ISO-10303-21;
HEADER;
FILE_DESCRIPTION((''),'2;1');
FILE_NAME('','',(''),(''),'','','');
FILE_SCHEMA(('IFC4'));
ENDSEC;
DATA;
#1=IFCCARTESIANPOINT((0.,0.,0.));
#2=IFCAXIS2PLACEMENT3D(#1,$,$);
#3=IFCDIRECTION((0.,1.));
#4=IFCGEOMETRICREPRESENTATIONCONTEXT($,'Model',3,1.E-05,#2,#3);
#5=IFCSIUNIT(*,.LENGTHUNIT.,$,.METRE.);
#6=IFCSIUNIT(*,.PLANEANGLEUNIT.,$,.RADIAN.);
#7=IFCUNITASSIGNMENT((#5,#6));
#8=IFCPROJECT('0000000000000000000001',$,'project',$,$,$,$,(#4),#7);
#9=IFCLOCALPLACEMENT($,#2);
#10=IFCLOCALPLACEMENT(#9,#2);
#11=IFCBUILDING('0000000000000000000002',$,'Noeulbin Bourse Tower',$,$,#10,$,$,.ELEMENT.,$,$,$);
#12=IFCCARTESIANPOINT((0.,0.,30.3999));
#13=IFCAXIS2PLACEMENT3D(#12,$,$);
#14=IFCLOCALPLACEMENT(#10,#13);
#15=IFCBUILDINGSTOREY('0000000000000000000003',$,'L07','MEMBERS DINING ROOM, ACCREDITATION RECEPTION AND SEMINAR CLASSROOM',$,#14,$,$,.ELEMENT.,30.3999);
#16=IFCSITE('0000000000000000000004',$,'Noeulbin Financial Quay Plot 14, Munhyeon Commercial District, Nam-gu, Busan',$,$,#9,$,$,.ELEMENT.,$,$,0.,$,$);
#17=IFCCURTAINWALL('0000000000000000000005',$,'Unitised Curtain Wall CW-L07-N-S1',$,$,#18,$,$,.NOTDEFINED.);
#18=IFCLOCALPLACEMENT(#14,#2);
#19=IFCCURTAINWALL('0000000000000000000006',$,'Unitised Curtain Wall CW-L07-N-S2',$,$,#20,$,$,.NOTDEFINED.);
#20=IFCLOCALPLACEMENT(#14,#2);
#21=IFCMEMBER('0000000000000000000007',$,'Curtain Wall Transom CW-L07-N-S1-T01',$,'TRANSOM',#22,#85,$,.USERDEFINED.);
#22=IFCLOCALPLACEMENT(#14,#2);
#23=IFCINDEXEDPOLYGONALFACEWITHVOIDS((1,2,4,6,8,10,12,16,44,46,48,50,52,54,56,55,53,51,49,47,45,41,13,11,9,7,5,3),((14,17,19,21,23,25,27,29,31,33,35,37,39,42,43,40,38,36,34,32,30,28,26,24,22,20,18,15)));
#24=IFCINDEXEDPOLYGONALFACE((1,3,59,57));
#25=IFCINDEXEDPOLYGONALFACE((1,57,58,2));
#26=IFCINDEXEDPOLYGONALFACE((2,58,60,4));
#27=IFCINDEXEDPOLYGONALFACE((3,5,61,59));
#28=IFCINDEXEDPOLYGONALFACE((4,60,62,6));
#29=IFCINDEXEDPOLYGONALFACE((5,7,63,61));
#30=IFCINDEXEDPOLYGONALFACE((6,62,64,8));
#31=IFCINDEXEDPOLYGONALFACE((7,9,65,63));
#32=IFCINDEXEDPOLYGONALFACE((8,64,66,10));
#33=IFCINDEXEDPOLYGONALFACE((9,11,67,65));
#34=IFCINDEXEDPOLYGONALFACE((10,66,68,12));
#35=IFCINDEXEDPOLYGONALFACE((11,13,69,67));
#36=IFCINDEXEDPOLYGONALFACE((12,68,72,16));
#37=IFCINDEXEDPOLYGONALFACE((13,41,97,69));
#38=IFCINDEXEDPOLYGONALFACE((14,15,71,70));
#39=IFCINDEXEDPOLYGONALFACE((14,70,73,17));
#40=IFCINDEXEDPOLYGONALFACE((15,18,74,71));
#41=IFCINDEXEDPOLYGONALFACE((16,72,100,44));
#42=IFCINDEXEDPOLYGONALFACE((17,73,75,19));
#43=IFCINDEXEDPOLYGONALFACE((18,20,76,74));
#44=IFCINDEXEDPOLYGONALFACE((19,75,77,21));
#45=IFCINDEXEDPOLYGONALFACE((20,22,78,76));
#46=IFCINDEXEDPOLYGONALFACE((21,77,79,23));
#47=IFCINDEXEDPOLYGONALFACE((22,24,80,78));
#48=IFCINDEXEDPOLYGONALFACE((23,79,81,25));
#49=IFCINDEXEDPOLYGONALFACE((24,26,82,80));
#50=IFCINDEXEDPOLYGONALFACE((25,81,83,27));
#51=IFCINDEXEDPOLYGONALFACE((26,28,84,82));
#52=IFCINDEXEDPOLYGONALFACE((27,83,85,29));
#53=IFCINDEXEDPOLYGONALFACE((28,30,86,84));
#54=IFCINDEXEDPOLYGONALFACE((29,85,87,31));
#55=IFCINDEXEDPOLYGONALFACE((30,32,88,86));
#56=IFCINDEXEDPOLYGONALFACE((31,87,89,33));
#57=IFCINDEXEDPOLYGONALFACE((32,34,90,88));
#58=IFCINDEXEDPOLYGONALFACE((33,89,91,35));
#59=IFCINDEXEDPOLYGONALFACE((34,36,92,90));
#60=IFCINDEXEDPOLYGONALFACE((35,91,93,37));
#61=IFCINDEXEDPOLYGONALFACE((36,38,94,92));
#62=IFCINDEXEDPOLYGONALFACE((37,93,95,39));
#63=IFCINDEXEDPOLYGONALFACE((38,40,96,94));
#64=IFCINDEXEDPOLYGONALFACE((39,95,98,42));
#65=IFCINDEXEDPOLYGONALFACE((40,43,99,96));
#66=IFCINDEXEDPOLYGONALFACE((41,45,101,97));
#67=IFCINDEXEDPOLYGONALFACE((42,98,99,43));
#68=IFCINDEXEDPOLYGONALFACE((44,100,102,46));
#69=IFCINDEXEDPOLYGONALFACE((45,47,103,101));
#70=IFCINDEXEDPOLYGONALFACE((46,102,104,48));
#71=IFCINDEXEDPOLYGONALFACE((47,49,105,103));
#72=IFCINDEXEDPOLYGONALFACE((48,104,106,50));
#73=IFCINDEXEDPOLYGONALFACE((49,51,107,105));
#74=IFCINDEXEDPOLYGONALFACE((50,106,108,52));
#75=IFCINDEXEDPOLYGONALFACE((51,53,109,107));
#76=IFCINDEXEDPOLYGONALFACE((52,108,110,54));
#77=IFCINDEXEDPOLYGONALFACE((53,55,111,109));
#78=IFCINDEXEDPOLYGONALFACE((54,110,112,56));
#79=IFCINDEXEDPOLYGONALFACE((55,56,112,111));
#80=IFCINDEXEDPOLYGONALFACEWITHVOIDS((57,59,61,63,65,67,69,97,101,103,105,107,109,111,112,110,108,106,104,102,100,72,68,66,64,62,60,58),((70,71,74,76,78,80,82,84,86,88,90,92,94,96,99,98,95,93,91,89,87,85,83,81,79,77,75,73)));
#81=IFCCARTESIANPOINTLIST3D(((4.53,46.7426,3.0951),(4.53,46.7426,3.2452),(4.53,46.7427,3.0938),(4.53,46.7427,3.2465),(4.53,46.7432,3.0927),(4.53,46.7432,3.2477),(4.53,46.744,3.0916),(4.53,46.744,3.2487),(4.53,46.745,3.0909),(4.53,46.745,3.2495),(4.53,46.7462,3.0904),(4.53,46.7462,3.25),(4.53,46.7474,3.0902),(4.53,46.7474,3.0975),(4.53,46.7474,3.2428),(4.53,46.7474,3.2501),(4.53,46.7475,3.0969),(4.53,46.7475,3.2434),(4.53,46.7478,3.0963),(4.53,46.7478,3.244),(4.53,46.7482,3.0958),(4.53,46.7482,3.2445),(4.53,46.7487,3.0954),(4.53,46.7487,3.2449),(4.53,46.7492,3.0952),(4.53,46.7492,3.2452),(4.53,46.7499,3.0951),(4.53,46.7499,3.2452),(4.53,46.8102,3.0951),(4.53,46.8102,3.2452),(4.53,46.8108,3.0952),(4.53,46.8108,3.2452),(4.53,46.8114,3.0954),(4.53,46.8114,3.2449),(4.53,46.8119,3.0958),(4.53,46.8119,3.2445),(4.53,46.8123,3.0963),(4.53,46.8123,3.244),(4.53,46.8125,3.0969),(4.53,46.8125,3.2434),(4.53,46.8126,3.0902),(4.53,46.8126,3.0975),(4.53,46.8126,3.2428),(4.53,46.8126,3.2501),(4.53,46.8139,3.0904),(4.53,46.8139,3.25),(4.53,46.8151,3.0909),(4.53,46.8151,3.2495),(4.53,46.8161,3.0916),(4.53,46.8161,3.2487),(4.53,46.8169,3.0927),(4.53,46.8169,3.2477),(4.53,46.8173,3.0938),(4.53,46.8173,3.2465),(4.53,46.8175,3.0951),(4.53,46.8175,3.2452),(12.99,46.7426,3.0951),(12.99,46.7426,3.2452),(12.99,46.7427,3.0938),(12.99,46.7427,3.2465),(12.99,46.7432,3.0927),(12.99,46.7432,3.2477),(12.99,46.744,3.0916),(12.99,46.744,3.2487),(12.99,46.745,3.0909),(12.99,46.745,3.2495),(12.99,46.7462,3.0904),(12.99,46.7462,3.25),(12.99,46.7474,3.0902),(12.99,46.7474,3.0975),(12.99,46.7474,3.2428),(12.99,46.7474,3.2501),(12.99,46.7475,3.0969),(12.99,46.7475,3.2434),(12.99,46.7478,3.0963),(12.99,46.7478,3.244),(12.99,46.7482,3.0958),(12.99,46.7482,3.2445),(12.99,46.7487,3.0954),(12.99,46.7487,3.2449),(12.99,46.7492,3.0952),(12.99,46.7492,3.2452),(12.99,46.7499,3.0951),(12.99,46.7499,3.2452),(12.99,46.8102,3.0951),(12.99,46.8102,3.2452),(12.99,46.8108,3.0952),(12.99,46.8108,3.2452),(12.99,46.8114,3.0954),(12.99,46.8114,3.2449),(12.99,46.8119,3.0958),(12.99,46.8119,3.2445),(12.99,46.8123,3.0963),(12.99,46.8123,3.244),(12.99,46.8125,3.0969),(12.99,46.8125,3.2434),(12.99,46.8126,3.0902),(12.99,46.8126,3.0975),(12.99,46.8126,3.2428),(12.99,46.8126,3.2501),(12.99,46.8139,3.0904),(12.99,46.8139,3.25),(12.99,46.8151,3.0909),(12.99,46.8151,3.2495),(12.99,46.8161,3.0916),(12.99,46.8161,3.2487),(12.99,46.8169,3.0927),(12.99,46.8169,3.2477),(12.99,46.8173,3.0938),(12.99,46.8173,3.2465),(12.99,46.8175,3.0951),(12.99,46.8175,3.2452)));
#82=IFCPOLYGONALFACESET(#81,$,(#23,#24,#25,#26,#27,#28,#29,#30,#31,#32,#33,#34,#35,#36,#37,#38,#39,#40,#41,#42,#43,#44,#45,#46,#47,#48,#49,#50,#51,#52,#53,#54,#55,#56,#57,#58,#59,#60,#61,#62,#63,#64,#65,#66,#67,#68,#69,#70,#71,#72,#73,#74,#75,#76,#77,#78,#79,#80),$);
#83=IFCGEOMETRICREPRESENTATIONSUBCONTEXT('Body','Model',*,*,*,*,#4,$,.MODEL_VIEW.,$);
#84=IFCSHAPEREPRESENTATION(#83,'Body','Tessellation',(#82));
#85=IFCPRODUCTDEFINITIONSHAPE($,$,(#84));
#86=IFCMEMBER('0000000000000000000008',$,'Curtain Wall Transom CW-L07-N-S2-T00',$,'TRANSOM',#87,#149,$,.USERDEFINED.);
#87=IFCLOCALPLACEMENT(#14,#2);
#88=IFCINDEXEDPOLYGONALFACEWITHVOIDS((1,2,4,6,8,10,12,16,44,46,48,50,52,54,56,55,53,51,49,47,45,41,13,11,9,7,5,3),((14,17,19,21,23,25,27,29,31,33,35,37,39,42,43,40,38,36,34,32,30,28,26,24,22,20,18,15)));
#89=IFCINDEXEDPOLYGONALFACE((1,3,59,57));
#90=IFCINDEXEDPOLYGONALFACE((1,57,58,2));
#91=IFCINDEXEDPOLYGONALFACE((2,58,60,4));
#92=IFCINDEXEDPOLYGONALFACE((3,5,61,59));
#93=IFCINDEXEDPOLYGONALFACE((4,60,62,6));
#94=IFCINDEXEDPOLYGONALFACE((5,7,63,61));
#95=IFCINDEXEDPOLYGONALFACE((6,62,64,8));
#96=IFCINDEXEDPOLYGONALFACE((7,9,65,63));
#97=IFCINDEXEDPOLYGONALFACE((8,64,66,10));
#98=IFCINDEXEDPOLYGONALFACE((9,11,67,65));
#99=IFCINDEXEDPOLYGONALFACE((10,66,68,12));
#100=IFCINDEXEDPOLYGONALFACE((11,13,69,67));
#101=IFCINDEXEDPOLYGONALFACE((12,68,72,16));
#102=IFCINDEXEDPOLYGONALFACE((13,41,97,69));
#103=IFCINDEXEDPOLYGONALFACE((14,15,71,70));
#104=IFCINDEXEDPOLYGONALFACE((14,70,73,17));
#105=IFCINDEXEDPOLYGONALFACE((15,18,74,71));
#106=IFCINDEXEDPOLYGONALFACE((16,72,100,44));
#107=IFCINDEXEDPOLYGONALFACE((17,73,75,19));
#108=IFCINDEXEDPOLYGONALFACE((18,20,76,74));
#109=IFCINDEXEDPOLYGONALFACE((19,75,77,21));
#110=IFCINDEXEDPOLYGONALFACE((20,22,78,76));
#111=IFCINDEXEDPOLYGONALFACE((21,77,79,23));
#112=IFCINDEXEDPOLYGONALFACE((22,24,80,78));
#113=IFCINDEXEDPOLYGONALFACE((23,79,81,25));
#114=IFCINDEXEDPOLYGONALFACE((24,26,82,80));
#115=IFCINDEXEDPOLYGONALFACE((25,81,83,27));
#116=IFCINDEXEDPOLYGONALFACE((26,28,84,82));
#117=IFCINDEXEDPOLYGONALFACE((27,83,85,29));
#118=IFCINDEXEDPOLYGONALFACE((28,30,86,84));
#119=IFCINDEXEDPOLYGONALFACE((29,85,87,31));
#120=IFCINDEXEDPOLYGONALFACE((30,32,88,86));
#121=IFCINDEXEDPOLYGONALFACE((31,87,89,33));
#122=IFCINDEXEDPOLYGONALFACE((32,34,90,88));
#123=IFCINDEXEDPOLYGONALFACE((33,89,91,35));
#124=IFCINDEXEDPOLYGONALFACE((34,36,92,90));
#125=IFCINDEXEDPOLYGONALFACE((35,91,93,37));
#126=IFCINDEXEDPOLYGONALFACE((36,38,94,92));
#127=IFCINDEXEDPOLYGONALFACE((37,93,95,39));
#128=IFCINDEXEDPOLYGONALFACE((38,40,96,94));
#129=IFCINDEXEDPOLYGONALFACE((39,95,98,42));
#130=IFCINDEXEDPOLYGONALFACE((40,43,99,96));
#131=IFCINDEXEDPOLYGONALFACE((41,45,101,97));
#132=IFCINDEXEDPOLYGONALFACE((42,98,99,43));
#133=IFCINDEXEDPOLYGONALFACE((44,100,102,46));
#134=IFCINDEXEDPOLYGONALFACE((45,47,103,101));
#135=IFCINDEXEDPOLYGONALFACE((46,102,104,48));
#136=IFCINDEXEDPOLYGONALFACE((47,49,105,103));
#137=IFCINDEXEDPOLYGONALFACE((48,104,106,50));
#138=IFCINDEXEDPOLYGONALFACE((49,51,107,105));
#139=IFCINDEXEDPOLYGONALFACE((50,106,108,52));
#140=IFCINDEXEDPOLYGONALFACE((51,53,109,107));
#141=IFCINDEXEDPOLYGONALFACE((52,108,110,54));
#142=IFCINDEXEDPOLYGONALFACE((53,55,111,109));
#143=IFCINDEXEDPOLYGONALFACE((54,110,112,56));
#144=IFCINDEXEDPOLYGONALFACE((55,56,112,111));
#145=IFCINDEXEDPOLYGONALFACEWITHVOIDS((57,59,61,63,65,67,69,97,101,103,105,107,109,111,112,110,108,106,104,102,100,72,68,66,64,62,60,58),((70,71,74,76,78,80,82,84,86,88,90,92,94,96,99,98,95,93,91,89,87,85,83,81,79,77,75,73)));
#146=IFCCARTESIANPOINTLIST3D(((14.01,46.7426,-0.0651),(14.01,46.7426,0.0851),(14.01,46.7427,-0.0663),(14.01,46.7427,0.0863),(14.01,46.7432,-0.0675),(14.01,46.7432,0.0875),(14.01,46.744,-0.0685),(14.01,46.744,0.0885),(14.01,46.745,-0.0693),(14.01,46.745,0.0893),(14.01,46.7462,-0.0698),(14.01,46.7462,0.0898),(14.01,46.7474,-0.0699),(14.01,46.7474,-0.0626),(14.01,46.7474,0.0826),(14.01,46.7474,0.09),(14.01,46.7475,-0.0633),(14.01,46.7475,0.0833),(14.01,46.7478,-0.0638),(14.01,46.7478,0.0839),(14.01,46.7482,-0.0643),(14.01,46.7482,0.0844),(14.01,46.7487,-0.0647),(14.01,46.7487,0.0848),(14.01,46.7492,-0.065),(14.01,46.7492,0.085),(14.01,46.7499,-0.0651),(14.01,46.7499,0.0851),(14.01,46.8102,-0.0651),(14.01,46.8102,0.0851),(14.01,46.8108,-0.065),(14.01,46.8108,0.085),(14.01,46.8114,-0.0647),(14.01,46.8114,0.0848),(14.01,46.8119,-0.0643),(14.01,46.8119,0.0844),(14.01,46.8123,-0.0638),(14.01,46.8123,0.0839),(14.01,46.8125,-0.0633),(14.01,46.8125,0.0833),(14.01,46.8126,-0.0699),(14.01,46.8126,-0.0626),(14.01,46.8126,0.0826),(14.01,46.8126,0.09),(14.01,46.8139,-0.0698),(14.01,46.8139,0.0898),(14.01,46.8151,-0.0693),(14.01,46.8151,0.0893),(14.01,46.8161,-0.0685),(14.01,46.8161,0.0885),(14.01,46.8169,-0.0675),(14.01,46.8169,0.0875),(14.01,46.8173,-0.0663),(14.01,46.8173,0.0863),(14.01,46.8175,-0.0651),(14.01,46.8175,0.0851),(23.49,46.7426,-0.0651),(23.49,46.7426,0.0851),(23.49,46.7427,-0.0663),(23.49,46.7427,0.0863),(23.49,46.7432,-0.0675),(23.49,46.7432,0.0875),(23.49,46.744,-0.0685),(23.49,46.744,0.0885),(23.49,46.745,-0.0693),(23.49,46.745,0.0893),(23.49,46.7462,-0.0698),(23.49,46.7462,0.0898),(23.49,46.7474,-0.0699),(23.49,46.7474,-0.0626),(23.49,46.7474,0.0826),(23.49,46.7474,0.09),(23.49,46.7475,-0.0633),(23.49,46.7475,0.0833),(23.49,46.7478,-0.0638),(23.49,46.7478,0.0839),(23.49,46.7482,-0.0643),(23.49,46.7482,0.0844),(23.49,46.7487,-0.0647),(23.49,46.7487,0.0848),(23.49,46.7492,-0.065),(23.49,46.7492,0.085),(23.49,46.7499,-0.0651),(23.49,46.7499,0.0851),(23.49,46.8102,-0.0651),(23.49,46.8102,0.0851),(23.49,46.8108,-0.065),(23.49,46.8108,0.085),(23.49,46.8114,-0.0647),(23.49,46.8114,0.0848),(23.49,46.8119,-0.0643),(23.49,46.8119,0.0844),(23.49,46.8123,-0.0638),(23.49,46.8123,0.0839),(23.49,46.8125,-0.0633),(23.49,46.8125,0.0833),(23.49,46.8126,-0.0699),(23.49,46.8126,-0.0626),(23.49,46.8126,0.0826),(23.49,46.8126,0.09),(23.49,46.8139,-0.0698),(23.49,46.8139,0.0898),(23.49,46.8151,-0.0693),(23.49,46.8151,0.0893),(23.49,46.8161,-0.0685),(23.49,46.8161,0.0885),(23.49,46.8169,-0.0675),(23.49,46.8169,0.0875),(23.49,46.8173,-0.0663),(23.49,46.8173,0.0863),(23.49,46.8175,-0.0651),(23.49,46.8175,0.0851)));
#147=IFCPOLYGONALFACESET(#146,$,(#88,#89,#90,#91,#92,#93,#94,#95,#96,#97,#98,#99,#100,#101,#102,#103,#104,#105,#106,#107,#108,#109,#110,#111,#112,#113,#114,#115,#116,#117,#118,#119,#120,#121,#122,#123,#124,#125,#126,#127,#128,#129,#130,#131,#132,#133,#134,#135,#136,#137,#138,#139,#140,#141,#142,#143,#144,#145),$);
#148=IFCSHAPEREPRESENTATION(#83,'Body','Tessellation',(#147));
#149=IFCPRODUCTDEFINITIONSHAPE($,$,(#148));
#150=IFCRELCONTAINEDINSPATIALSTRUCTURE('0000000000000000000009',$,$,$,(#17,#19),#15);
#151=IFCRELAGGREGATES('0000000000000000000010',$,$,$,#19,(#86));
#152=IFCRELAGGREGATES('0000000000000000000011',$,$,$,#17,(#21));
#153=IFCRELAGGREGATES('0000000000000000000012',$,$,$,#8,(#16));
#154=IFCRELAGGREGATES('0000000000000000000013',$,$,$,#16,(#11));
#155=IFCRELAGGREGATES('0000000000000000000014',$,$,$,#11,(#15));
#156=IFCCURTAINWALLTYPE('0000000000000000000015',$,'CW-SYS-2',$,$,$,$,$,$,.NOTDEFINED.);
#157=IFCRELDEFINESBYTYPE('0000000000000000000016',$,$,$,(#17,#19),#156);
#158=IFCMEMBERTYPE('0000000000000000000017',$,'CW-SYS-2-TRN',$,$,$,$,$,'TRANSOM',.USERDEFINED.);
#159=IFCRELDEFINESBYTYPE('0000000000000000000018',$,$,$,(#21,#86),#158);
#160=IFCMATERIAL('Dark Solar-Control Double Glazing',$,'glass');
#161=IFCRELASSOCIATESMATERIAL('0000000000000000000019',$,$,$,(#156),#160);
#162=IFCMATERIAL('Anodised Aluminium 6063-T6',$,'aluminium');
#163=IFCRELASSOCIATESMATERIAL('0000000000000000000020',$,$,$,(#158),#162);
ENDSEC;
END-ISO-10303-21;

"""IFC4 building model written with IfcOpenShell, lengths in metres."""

from ifc_helpers import new_model, si_unit, direction, frame, origin, origin_2d, place, context, subcontext, project, spatial, hollow_rectangle, extrude, material, material_profile, profile_set, type_object, element, aggregate, save


model = new_model("IFC4")

# Units and contexts
model_context = context("Model", 3, precision=1e-05, world=origin(), true_north=direction((0.0, 1.0)))
body_context = subcontext(model_context, "Body", "Model", "MODEL_VIEW")
ifc_project = project(units=[si_unit("LENGTHUNIT", "METRE"), si_unit("PLANEANGLEUNIT", "RADIAN")], contexts=[model_context])

# Site, building, storey
site_placement = place(None, origin())
site = spatial("IfcSite", under=ifc_project, at=site_placement, Name="Noeulbin Financial Quay Plot 14, Munhyeon Commercial District, Nam-gu, Busan", CompositionType="ELEMENT", RefElevation=0.0)
building_placement = place(site_placement, origin())
building = spatial("IfcBuilding", under=site, at=building_placement, Name="Noeulbin Bourse Tower", CompositionType="ELEMENT")
storey_placement = place(building_placement, frame((0.0, 0.0, 30.3999)))
storey = spatial("IfcBuildingStorey", under=building, at=storey_placement, Name="L07", Description="MEMBERS DINING ROOM, ACCREDITATION RECEPTION AND SEMINAR CLASSROOM", CompositionType="ELEMENT", Elevation=30.3999)

# Curtain wall
ifc_material_1 = material(Name="Dark Solar-Control Double Glazing", Category="glass")
curtain_wall_type = type_object("IfcCurtainWallType", Name="CW-SYS-2", PredefinedType="NOTDEFINED", material=ifc_material_1)
curtain_wall_1_placement = place(storey_placement, origin())
curtain_wall_1 = element("IfcCurtainWall", 1, at=curtain_wall_1_placement, inside=storey, type_object=curtain_wall_type, Name="Unitised Curtain Wall CW-L07-N-S1", PredefinedType="NOTDEFINED")
ifc_material_2 = material(Name="Anodised Aluminium 6063-T6", Category="aluminium")

# Curtain wall
curtain_wall_2_placement = place(storey_placement, origin())
curtain_wall_2 = element("IfcCurtainWall", 2, at=curtain_wall_2_placement, inside=storey, type_object=curtain_wall_type, Name="Unitised Curtain Wall CW-L07-N-S2", PredefinedType="NOTDEFINED")

# Members
ifc_material_profile_1 = material_profile(ifc_material_2, hollow_rectangle(XDim=0.075, YDim=0.1599, WallThickness=0.0049, InnerFilletRadius=0.0024, OuterFilletRadius=0.0049, at=origin_2d()), Name="ALU-TRAN-75x160x5", Category="LoadBearing")
ifc_profile_set_1 = profile_set([ifc_material_profile_1], Name="Anodised Aluminium 6063-T6")
member_type_1 = type_object("IfcMemberType", Name="CW-SYS-2-TRN", ElementType="TRANSOM", PredefinedType="USERDEFINED", material=ifc_profile_set_1)
member_1_placement = place(storey_placement, frame((4.53, 46.78, 3.1702), z_axis=(1.0, 0.0, 0.0), x_axis=(0.0, 1.0, 0.0)))
member_1 = element("IfcMember", 3, at=member_1_placement, type_object=member_type_1, Name="Curtain Wall Transom CW-L07-N-S1-T01", ObjectType="TRANSOM", PredefinedType="USERDEFINED", context=body_context, shape_type="SweptSolid", body=[
    extrude(hollow_rectangle(XDim=0.075, YDim=0.1599, WallThickness=0.0049, InnerFilletRadius=0.0024, OuterFilletRadius=0.0049, at=origin_2d()), origin(), (0.0, 0.0, 1.0), 8.46),
])
member_2_placement = place(storey_placement, frame((14.01, 46.78, 0.01), z_axis=(1.0, 0.0, 0.0), x_axis=(0.0, 1.0, 0.0)))
member_2 = element("IfcMember", 4, at=member_2_placement, type_object=member_type_1, Name="Curtain Wall Transom CW-L07-N-S2-T00", ObjectType="TRANSOM", PredefinedType="USERDEFINED", context=body_context, shape_type="SweptSolid", body=[
    extrude(hollow_rectangle(XDim=0.075, YDim=0.1599, WallThickness=0.0049, InnerFilletRadius=0.0024, OuterFilletRadius=0.0049, at=origin_2d()), origin(), (0.0, 0.0, 1.0), 9.48),
])
aggregate(curtain_wall_2, [member_2])

aggregate(curtain_wall_1, [member_1])

save(model, "model.ifc")
